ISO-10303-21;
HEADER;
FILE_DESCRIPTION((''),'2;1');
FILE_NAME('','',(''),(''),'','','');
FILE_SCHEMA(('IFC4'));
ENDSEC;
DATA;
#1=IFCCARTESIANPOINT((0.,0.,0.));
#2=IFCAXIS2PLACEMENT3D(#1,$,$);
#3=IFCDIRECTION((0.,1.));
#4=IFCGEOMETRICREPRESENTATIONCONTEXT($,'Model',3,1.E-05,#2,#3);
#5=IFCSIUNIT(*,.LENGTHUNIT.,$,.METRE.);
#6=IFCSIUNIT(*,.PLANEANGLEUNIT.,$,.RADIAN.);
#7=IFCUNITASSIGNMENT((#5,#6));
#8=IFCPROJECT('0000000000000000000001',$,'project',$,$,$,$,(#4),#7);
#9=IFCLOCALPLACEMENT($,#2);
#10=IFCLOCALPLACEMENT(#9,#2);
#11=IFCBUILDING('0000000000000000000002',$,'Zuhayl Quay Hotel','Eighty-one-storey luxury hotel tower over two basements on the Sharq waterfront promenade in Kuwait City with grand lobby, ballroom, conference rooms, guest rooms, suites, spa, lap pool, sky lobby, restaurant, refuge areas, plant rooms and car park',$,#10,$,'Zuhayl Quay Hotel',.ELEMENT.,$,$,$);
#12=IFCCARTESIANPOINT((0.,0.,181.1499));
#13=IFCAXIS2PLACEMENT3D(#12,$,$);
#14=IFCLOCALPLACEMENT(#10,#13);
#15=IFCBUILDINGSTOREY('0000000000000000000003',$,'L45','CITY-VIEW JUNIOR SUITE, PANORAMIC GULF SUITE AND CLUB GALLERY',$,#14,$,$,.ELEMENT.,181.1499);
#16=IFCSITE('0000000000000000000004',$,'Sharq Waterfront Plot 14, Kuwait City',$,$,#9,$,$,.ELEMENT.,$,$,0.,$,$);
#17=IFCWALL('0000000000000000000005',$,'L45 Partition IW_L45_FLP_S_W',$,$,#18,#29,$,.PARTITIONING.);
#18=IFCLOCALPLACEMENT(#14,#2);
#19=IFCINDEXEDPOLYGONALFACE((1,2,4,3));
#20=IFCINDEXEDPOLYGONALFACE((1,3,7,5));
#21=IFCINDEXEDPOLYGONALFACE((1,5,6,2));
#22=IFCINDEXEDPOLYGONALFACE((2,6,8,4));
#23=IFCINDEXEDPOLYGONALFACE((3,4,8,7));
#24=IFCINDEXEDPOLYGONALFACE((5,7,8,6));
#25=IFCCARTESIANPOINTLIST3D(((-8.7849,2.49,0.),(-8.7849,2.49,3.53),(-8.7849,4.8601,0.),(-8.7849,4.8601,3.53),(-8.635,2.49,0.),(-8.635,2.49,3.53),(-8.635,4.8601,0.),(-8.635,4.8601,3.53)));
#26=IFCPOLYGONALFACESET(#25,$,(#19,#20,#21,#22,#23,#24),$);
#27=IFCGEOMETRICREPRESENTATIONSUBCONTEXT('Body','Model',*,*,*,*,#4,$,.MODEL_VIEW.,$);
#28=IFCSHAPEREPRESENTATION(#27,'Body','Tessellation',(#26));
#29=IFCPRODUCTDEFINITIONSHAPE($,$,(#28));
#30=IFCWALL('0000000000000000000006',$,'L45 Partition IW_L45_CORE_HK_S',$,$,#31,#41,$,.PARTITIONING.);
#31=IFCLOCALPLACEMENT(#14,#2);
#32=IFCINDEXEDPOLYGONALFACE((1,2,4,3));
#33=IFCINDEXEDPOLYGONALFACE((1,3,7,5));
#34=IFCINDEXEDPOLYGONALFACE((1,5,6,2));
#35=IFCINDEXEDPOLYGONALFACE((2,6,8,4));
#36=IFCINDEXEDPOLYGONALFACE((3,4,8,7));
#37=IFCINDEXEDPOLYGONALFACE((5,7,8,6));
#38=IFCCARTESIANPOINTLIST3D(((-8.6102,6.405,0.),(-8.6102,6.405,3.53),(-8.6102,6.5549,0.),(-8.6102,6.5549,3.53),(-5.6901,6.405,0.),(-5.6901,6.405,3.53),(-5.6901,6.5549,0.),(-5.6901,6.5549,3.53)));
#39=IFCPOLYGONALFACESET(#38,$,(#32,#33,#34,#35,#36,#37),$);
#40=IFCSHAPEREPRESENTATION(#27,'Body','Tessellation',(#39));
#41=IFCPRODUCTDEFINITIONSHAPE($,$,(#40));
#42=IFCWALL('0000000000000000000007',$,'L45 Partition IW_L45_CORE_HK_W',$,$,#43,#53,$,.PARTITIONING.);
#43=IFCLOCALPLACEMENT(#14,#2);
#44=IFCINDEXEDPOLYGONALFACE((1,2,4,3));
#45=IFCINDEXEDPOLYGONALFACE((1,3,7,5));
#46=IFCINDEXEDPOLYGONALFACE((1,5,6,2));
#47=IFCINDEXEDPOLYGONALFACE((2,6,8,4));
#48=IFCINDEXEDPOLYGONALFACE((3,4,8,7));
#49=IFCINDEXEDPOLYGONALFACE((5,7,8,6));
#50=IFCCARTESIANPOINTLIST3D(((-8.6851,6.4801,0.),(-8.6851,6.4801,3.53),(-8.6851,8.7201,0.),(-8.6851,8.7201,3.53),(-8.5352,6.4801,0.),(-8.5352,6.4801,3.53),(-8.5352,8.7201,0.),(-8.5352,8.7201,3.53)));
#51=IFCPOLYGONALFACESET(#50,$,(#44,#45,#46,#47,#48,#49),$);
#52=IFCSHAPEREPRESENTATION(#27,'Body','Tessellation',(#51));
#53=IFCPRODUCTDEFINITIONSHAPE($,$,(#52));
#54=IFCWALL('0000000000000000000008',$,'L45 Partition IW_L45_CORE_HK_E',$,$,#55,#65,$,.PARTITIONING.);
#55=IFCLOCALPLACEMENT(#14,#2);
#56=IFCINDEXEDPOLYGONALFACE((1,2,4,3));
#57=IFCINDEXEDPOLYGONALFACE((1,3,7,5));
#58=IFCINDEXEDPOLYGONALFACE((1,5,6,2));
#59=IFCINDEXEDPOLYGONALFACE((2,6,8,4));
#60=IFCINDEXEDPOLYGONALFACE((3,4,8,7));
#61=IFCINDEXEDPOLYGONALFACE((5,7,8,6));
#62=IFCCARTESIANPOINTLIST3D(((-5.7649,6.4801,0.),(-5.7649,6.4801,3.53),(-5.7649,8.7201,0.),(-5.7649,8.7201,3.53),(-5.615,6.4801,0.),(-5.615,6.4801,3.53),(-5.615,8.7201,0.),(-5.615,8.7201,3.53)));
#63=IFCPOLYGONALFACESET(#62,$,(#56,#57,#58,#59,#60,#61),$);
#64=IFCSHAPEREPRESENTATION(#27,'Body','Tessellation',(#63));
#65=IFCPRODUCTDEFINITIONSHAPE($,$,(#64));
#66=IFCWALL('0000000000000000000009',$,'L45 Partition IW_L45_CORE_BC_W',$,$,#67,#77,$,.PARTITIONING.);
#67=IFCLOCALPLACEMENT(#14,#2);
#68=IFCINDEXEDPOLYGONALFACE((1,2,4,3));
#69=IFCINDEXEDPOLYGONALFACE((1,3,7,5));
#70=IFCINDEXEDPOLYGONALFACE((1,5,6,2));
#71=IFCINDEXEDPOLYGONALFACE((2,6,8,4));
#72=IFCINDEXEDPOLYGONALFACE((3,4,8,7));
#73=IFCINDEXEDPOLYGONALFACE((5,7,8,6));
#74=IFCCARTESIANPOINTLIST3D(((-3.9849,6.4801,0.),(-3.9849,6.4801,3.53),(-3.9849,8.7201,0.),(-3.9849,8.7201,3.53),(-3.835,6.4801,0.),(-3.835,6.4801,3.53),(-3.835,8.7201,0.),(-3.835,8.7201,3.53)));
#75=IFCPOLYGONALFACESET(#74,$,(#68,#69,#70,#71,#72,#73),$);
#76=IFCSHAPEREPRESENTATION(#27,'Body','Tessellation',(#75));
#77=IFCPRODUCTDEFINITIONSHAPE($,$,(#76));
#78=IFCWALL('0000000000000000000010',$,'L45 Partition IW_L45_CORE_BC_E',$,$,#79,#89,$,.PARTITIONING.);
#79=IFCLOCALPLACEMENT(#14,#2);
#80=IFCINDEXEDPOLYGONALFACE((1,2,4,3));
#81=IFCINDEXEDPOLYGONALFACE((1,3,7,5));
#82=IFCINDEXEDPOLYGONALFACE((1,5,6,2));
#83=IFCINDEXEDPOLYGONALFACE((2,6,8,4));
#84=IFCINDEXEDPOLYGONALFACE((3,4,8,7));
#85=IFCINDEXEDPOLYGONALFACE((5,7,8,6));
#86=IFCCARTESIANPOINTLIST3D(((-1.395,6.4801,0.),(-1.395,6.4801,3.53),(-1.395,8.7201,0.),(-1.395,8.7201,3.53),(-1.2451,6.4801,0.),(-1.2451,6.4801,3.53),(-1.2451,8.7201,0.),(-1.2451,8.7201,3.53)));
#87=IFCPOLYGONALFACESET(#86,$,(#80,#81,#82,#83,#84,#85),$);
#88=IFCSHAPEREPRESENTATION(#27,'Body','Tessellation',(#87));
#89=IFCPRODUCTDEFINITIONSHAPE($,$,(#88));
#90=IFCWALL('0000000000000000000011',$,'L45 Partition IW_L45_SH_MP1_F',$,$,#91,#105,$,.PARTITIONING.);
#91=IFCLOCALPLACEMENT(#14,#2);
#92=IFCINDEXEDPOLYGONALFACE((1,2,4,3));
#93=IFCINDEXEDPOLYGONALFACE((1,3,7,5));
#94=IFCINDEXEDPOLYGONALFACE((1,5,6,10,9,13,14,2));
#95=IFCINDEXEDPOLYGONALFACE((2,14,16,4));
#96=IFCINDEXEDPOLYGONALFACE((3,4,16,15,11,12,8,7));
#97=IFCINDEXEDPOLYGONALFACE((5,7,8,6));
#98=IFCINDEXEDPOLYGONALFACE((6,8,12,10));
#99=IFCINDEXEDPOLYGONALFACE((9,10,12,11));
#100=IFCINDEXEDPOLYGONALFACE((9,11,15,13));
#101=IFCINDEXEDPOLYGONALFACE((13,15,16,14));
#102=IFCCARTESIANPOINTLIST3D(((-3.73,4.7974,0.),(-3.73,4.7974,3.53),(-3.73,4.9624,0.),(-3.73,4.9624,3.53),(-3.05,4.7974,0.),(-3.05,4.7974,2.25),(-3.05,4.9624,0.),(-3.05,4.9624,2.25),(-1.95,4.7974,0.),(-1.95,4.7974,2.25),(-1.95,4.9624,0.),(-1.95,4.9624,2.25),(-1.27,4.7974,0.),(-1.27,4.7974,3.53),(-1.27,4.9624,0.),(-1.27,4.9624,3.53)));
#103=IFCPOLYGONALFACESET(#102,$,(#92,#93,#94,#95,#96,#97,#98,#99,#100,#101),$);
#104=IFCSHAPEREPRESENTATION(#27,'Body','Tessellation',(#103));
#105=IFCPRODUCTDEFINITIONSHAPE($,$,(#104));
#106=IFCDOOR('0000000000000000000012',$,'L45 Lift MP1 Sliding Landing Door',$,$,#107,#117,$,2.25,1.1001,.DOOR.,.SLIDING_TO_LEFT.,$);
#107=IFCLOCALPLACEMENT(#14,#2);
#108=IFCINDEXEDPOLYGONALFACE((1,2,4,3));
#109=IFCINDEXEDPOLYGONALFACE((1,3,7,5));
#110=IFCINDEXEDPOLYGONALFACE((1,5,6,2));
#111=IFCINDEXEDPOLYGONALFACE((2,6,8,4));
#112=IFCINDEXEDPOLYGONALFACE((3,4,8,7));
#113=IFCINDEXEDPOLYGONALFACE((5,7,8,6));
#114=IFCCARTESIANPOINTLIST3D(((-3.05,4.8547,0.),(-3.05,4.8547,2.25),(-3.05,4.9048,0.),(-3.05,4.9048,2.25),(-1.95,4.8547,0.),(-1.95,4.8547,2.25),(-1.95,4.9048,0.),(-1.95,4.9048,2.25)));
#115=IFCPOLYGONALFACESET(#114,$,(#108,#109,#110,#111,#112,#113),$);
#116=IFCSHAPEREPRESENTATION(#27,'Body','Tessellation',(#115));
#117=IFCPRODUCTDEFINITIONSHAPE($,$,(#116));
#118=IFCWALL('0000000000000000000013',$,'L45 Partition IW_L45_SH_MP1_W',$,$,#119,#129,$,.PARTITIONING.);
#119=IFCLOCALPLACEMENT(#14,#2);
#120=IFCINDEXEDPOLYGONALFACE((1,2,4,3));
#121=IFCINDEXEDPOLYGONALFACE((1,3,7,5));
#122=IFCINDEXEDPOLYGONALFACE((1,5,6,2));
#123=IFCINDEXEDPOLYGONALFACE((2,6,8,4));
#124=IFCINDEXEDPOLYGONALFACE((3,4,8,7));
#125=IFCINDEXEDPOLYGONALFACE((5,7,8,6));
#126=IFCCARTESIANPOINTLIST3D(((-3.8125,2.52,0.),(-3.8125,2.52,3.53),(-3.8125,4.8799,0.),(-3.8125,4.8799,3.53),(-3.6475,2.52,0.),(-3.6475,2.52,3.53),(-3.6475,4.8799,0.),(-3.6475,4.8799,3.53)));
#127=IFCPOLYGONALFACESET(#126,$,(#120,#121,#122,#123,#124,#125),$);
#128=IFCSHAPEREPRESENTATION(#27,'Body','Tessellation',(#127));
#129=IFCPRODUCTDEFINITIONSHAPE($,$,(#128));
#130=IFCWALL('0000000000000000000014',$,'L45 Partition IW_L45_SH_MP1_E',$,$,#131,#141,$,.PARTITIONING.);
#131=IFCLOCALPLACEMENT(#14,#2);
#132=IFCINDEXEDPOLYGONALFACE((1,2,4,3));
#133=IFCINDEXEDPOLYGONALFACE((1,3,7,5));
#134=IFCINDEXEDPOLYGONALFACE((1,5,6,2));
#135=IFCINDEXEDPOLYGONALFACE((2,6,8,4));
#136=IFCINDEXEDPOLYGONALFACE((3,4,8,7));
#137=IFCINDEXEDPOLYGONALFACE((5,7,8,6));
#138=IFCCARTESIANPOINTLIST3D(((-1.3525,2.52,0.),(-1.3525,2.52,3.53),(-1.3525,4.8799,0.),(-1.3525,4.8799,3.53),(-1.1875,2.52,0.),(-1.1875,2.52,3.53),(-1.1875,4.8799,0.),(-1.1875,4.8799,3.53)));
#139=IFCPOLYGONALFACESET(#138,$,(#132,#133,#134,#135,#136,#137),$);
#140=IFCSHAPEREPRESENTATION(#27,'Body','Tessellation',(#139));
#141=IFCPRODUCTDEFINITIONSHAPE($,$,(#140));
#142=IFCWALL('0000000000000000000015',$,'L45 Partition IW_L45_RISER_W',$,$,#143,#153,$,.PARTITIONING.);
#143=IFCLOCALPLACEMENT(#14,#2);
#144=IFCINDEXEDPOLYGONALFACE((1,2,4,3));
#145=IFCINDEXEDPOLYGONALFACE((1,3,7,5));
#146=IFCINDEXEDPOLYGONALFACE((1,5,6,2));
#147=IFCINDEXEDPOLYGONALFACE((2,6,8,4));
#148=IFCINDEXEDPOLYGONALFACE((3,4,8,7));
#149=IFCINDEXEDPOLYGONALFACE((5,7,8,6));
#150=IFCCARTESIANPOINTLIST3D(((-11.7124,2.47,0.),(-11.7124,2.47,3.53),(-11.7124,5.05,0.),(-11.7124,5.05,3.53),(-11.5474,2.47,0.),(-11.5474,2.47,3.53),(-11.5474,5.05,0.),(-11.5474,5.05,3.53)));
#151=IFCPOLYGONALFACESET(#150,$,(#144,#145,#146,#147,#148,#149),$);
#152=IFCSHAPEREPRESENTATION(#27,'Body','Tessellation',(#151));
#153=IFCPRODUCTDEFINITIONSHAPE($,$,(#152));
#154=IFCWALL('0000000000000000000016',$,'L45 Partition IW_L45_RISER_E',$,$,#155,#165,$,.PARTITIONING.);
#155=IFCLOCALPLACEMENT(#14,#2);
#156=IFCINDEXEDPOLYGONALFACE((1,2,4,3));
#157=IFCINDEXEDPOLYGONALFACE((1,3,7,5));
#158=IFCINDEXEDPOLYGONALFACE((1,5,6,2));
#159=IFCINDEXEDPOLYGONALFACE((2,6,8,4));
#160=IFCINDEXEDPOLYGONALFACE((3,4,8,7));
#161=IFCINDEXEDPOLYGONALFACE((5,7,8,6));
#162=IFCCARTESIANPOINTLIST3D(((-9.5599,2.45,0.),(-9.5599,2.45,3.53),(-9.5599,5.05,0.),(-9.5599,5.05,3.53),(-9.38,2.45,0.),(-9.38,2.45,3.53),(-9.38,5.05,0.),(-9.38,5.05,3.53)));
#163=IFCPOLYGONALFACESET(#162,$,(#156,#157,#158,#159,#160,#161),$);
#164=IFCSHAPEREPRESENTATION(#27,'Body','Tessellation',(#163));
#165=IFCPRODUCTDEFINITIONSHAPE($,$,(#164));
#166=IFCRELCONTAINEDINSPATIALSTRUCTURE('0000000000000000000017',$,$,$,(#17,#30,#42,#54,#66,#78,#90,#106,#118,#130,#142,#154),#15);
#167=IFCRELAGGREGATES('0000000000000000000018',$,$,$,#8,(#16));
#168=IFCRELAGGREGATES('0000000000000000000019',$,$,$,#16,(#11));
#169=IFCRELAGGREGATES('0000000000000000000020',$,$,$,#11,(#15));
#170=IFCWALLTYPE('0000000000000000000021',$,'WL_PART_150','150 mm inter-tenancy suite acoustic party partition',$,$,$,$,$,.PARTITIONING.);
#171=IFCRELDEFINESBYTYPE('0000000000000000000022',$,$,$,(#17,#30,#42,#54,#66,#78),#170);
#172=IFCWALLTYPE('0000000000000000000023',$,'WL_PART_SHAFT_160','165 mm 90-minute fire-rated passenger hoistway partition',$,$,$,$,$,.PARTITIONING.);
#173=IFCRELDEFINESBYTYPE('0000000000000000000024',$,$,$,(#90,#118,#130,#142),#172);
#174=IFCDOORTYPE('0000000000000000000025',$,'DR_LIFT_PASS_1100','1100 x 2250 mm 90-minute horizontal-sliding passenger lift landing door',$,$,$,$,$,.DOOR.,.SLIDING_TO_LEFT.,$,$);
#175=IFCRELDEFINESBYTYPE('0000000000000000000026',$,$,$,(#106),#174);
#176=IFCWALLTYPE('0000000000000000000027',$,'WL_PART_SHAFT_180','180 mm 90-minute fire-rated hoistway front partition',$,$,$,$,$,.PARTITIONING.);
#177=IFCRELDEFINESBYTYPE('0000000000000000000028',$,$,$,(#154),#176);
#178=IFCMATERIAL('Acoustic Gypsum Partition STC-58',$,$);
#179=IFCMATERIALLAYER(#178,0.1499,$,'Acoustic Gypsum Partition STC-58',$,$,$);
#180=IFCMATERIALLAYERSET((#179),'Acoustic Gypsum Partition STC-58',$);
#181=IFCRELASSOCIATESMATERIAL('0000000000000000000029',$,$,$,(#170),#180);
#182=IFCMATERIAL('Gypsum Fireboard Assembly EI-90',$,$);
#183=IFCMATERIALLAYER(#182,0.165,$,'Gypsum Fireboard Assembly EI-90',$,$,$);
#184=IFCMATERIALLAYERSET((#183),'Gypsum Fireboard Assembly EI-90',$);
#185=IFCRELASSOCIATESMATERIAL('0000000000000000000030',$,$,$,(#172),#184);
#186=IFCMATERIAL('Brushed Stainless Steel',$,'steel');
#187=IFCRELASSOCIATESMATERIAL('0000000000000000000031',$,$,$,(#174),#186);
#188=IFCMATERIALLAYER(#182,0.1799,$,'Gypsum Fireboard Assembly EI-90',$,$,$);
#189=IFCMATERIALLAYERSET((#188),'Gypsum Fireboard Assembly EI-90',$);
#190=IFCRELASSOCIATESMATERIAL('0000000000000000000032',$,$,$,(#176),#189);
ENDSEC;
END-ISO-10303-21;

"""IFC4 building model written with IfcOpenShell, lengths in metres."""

from ifc_helpers import new_model, si_unit, direction, frame, frame_2d, origin, place, context, subcontext, project, spatial, rectangle, extrude, material, layer, layer_set, type_object, element, fill, save


model = new_model("IFC4")

# Units and contexts
model_context = context("Model", 3, precision=1e-05, world=origin(), true_north=direction((0.0, 1.0)))
body_context = subcontext(model_context, "Body", "Model", "MODEL_VIEW")
ifc_project = project(units=[si_unit("LENGTHUNIT", "METRE"), si_unit("PLANEANGLEUNIT", "RADIAN")], contexts=[model_context])

# Site, building, storey
site_placement = place(None, origin())
site = spatial("IfcSite", under=ifc_project, at=site_placement, Name="Sharq Waterfront Plot 14, Kuwait City", CompositionType="ELEMENT", RefElevation=0.0)
building_placement = place(site_placement, origin())
building = spatial("IfcBuilding", under=site, at=building_placement, Name="Zuhayl Quay Hotel", Description="Eighty-one-storey luxury hotel tower over two basements on the Sharq waterfront promenade in Kuwait City with grand lobby, ballroom, conference rooms, guest rooms, suites, spa, lap pool, sky lobby, restaurant, refuge areas, plant rooms and car park", LongName="Zuhayl Quay Hotel", CompositionType="ELEMENT")
storey_placement = place(building_placement, frame((0.0, 0.0, 181.1499)))
storey = spatial("IfcBuildingStorey", under=building, at=storey_placement, Name="L45", Description="CITY-VIEW JUNIOR SUITE, PANORAMIC GULF SUITE AND CLUB GALLERY", CompositionType="ELEMENT", Elevation=181.1499)

# Shared definitions
ifc_material_1 = material(Name="Acoustic Gypsum Partition STC-58")
ifc_layer_1 = layer(ifc_material_1, 0.1499, Name="Acoustic Gypsum Partition STC-58")
ifc_layer_set_1 = layer_set([ifc_layer_1], Name="Acoustic Gypsum Partition STC-58")
wall_type_1 = type_object("IfcWallType", Name="WL_PART_150", Description="150 mm inter-tenancy suite acoustic party partition", PredefinedType="PARTITIONING", material=ifc_layer_set_1)

# Walls
wall_1_placement = place(storey_placement, frame((-8.71, 2.49, 0.0), z_axis=(0.0, 0.0, 1.0), x_axis=(0.0, 1.0, 0.0)))
element("IfcWall", 1, at=wall_1_placement, inside=storey, type_object=wall_type_1, Name="L45 Partition IW_L45_FLP_S_W", PredefinedType="PARTITIONING", context=body_context, shape_type="SweptSolid", body=[
    extrude(rectangle(XDim=2.3701, YDim=0.1499, at=frame_2d((1.1851, 0.0))), origin(), (0.0, 0.0, 1.0), 3.53),
])
wall_2_placement = place(storey_placement, frame((-8.6101, 6.48, 0.0), z_axis=(0.0, 0.0, 1.0), x_axis=(1.0, 0.0, 0.0)))
element("IfcWall", 2, at=wall_2_placement, inside=storey, type_object=wall_type_1, Name="L45 Partition IW_L45_CORE_HK_S", PredefinedType="PARTITIONING", context=body_context, shape_type="SweptSolid", body=[
    extrude(rectangle(XDim=2.9202, YDim=0.1499, at=frame_2d((1.46, 0.0))), origin(), (0.0, 0.0, 1.0), 3.53),
])
for number, where, z_axis, x_axis, name in (
    (3, (-8.6101, 6.48, 0.0), (0.0, 0.0, 1.0), (0.0, 1.0, 0.0), "L45 Partition IW_L45_CORE_HK_W"),
    (4, (-5.6899, 6.48, 0.0), (0.0, 0.0, 1.0), (0.0, 1.0, 0.0), "L45 Partition IW_L45_CORE_HK_E"),
    (5, (-3.9099, 6.48, 0.0), (0.0, 0.0, 1.0), (0.0, 1.0, 0.0), "L45 Partition IW_L45_CORE_BC_W"),
    (6, (-1.3201, 6.48, 0.0), (0.0, 0.0, 1.0), (0.0, 1.0, 0.0), "L45 Partition IW_L45_CORE_BC_E"),
):
    element("IfcWall", number, at=place(storey_placement, frame(where, z_axis=z_axis, x_axis=x_axis)), inside=storey, type_object=wall_type_1, Name=name, PredefinedType="PARTITIONING", context=body_context, shape_type="SweptSolid", body=[
        extrude(rectangle(XDim=2.24, YDim=0.1499, at=frame_2d((1.1201, 0.0))), origin(), (0.0, 0.0, 1.0), 3.53),
    ])

# Wall, opening, door
ifc_material_2 = material(Name="Gypsum Fireboard Assembly EI-90")
ifc_layer_2 = layer(ifc_material_2, 0.165, Name="Gypsum Fireboard Assembly EI-90")
ifc_layer_set_2 = layer_set([ifc_layer_2], Name="Gypsum Fireboard Assembly EI-90")
wall_type_2 = type_object("IfcWallType", Name="WL_PART_SHAFT_160", Description="165 mm 90-minute fire-rated passenger hoistway partition", PredefinedType="PARTITIONING", material=ifc_layer_set_2)
wall_3_placement = place(storey_placement, frame((-3.73, 4.8799, 0.0), z_axis=(0.0, 0.0, 1.0), x_axis=(1.0, 0.0, 0.0)))
wall_3 = element("IfcWall", 7, at=wall_3_placement, inside=storey, type_object=wall_type_2, Name="L45 Partition IW_L45_SH_MP1_F", PredefinedType="PARTITIONING", context=body_context, shape_type="SweptSolid", body=[
    extrude(rectangle(XDim=2.46, YDim=0.165, at=frame_2d((1.23, 0.0))), origin(), (0.0, 0.0, 1.0), 3.53),
])
opening_1_placement = place(wall_3_placement, frame((0.6799, 0.0, 0.0)))
opening_1 = element("IfcOpeningElement", 8, at=opening_1_placement, cuts=wall_3, PredefinedType="OPENING", context=body_context, shape_type="SweptSolid", body=[
    extrude(rectangle(XDim=1.1001, YDim=2.25, at=frame_2d((0.55, 1.125))), frame((0.0, 0.0925, 0.0), z_axis=(0.0, -1.0, 0.0), x_axis=(1.0, 0.0, 0.0)), (0.0, 0.0, 1.0), 0.1851),
])
ifc_material_3 = material(Name="Brushed Stainless Steel", Category="steel")
door_type_1 = type_object("IfcDoorType", Name="DR_LIFT_PASS_1100", Description="1100 x 2250 mm 90-minute horizontal-sliding passenger lift landing door", OperationType="SLIDING_TO_LEFT", PredefinedType="DOOR", material=ifc_material_3)
door_1_placement = place(opening_1_placement, origin())
door_1 = element("IfcDoor", 9, at=door_1_placement, inside=storey, type_object=door_type_1, Name="L45 Lift MP1 Sliding Landing Door", OperationType="SLIDING_TO_LEFT", OverallHeight=2.25, OverallWidth=1.1001, PredefinedType="DOOR", context=body_context, shape_type="SweptSolid", body=[
    extrude(rectangle(XDim=1.1001, YDim=2.25, at=frame_2d((0.55, 1.125))), frame((0.0, 0.0249, 0.0), z_axis=(0.0, -1.0, 0.0), x_axis=(1.0, 0.0, 0.0)), (0.0, 0.0, 1.0), 0.05),
])
fill(opening_1, door_1)

# Walls
for number, where, z_axis, x_axis, name in (
    (10, (-3.73, 2.52, 0.0), (0.0, 0.0, 1.0), (0.0, 1.0, 0.0), "L45 Partition IW_L45_SH_MP1_W"),
    (11, (-1.27, 2.52, 0.0), (0.0, 0.0, 1.0), (0.0, 1.0, 0.0), "L45 Partition IW_L45_SH_MP1_E"),
):
    element("IfcWall", number, at=place(storey_placement, frame(where, z_axis=z_axis, x_axis=x_axis)), inside=storey, type_object=wall_type_2, Name=name, PredefinedType="PARTITIONING", context=body_context, shape_type="SweptSolid", body=[
        extrude(rectangle(XDim=2.3599, YDim=0.165, at=frame_2d((1.1799, 0.0))), origin(), (0.0, 0.0, 1.0), 3.53),
    ])
wall_4_placement = place(storey_placement, frame((-11.6299, 2.47, 0.0), z_axis=(0.0, 0.0, 1.0), x_axis=(0.0, 1.0, 0.0)))
element("IfcWall", 12, at=wall_4_placement, inside=storey, type_object=wall_type_2, Name="L45 Partition IW_L45_RISER_W", PredefinedType="PARTITIONING", context=body_context, shape_type="SweptSolid", body=[
    extrude(rectangle(XDim=2.5801, YDim=0.165, at=frame_2d((1.29, 0.0))), origin(), (0.0, 0.0, 1.0), 3.53),
])
ifc_layer_3 = layer(ifc_material_2, 0.1799, Name="Gypsum Fireboard Assembly EI-90")
ifc_layer_set_3 = layer_set([ifc_layer_3], Name="Gypsum Fireboard Assembly EI-90")
wall_type_3 = type_object("IfcWallType", Name="WL_PART_SHAFT_180", Description="180 mm 90-minute fire-rated hoistway front partition", PredefinedType="PARTITIONING", material=ifc_layer_set_3)
wall_5_placement = place(storey_placement, frame((-9.47, 2.45, 0.0), z_axis=(0.0, 0.0, 1.0), x_axis=(0.0, 1.0, 0.0)))
element("IfcWall", 13, at=wall_5_placement, inside=storey, type_object=wall_type_3, Name="L45 Partition IW_L45_RISER_E", PredefinedType="PARTITIONING", context=body_context, shape_type="SweptSolid", body=[
    extrude(rectangle(XDim=2.6001, YDim=0.1799, at=frame_2d((1.3, 0.0))), origin(), (0.0, 0.0, 1.0), 3.53),
])

save(model, "model.ifc")
